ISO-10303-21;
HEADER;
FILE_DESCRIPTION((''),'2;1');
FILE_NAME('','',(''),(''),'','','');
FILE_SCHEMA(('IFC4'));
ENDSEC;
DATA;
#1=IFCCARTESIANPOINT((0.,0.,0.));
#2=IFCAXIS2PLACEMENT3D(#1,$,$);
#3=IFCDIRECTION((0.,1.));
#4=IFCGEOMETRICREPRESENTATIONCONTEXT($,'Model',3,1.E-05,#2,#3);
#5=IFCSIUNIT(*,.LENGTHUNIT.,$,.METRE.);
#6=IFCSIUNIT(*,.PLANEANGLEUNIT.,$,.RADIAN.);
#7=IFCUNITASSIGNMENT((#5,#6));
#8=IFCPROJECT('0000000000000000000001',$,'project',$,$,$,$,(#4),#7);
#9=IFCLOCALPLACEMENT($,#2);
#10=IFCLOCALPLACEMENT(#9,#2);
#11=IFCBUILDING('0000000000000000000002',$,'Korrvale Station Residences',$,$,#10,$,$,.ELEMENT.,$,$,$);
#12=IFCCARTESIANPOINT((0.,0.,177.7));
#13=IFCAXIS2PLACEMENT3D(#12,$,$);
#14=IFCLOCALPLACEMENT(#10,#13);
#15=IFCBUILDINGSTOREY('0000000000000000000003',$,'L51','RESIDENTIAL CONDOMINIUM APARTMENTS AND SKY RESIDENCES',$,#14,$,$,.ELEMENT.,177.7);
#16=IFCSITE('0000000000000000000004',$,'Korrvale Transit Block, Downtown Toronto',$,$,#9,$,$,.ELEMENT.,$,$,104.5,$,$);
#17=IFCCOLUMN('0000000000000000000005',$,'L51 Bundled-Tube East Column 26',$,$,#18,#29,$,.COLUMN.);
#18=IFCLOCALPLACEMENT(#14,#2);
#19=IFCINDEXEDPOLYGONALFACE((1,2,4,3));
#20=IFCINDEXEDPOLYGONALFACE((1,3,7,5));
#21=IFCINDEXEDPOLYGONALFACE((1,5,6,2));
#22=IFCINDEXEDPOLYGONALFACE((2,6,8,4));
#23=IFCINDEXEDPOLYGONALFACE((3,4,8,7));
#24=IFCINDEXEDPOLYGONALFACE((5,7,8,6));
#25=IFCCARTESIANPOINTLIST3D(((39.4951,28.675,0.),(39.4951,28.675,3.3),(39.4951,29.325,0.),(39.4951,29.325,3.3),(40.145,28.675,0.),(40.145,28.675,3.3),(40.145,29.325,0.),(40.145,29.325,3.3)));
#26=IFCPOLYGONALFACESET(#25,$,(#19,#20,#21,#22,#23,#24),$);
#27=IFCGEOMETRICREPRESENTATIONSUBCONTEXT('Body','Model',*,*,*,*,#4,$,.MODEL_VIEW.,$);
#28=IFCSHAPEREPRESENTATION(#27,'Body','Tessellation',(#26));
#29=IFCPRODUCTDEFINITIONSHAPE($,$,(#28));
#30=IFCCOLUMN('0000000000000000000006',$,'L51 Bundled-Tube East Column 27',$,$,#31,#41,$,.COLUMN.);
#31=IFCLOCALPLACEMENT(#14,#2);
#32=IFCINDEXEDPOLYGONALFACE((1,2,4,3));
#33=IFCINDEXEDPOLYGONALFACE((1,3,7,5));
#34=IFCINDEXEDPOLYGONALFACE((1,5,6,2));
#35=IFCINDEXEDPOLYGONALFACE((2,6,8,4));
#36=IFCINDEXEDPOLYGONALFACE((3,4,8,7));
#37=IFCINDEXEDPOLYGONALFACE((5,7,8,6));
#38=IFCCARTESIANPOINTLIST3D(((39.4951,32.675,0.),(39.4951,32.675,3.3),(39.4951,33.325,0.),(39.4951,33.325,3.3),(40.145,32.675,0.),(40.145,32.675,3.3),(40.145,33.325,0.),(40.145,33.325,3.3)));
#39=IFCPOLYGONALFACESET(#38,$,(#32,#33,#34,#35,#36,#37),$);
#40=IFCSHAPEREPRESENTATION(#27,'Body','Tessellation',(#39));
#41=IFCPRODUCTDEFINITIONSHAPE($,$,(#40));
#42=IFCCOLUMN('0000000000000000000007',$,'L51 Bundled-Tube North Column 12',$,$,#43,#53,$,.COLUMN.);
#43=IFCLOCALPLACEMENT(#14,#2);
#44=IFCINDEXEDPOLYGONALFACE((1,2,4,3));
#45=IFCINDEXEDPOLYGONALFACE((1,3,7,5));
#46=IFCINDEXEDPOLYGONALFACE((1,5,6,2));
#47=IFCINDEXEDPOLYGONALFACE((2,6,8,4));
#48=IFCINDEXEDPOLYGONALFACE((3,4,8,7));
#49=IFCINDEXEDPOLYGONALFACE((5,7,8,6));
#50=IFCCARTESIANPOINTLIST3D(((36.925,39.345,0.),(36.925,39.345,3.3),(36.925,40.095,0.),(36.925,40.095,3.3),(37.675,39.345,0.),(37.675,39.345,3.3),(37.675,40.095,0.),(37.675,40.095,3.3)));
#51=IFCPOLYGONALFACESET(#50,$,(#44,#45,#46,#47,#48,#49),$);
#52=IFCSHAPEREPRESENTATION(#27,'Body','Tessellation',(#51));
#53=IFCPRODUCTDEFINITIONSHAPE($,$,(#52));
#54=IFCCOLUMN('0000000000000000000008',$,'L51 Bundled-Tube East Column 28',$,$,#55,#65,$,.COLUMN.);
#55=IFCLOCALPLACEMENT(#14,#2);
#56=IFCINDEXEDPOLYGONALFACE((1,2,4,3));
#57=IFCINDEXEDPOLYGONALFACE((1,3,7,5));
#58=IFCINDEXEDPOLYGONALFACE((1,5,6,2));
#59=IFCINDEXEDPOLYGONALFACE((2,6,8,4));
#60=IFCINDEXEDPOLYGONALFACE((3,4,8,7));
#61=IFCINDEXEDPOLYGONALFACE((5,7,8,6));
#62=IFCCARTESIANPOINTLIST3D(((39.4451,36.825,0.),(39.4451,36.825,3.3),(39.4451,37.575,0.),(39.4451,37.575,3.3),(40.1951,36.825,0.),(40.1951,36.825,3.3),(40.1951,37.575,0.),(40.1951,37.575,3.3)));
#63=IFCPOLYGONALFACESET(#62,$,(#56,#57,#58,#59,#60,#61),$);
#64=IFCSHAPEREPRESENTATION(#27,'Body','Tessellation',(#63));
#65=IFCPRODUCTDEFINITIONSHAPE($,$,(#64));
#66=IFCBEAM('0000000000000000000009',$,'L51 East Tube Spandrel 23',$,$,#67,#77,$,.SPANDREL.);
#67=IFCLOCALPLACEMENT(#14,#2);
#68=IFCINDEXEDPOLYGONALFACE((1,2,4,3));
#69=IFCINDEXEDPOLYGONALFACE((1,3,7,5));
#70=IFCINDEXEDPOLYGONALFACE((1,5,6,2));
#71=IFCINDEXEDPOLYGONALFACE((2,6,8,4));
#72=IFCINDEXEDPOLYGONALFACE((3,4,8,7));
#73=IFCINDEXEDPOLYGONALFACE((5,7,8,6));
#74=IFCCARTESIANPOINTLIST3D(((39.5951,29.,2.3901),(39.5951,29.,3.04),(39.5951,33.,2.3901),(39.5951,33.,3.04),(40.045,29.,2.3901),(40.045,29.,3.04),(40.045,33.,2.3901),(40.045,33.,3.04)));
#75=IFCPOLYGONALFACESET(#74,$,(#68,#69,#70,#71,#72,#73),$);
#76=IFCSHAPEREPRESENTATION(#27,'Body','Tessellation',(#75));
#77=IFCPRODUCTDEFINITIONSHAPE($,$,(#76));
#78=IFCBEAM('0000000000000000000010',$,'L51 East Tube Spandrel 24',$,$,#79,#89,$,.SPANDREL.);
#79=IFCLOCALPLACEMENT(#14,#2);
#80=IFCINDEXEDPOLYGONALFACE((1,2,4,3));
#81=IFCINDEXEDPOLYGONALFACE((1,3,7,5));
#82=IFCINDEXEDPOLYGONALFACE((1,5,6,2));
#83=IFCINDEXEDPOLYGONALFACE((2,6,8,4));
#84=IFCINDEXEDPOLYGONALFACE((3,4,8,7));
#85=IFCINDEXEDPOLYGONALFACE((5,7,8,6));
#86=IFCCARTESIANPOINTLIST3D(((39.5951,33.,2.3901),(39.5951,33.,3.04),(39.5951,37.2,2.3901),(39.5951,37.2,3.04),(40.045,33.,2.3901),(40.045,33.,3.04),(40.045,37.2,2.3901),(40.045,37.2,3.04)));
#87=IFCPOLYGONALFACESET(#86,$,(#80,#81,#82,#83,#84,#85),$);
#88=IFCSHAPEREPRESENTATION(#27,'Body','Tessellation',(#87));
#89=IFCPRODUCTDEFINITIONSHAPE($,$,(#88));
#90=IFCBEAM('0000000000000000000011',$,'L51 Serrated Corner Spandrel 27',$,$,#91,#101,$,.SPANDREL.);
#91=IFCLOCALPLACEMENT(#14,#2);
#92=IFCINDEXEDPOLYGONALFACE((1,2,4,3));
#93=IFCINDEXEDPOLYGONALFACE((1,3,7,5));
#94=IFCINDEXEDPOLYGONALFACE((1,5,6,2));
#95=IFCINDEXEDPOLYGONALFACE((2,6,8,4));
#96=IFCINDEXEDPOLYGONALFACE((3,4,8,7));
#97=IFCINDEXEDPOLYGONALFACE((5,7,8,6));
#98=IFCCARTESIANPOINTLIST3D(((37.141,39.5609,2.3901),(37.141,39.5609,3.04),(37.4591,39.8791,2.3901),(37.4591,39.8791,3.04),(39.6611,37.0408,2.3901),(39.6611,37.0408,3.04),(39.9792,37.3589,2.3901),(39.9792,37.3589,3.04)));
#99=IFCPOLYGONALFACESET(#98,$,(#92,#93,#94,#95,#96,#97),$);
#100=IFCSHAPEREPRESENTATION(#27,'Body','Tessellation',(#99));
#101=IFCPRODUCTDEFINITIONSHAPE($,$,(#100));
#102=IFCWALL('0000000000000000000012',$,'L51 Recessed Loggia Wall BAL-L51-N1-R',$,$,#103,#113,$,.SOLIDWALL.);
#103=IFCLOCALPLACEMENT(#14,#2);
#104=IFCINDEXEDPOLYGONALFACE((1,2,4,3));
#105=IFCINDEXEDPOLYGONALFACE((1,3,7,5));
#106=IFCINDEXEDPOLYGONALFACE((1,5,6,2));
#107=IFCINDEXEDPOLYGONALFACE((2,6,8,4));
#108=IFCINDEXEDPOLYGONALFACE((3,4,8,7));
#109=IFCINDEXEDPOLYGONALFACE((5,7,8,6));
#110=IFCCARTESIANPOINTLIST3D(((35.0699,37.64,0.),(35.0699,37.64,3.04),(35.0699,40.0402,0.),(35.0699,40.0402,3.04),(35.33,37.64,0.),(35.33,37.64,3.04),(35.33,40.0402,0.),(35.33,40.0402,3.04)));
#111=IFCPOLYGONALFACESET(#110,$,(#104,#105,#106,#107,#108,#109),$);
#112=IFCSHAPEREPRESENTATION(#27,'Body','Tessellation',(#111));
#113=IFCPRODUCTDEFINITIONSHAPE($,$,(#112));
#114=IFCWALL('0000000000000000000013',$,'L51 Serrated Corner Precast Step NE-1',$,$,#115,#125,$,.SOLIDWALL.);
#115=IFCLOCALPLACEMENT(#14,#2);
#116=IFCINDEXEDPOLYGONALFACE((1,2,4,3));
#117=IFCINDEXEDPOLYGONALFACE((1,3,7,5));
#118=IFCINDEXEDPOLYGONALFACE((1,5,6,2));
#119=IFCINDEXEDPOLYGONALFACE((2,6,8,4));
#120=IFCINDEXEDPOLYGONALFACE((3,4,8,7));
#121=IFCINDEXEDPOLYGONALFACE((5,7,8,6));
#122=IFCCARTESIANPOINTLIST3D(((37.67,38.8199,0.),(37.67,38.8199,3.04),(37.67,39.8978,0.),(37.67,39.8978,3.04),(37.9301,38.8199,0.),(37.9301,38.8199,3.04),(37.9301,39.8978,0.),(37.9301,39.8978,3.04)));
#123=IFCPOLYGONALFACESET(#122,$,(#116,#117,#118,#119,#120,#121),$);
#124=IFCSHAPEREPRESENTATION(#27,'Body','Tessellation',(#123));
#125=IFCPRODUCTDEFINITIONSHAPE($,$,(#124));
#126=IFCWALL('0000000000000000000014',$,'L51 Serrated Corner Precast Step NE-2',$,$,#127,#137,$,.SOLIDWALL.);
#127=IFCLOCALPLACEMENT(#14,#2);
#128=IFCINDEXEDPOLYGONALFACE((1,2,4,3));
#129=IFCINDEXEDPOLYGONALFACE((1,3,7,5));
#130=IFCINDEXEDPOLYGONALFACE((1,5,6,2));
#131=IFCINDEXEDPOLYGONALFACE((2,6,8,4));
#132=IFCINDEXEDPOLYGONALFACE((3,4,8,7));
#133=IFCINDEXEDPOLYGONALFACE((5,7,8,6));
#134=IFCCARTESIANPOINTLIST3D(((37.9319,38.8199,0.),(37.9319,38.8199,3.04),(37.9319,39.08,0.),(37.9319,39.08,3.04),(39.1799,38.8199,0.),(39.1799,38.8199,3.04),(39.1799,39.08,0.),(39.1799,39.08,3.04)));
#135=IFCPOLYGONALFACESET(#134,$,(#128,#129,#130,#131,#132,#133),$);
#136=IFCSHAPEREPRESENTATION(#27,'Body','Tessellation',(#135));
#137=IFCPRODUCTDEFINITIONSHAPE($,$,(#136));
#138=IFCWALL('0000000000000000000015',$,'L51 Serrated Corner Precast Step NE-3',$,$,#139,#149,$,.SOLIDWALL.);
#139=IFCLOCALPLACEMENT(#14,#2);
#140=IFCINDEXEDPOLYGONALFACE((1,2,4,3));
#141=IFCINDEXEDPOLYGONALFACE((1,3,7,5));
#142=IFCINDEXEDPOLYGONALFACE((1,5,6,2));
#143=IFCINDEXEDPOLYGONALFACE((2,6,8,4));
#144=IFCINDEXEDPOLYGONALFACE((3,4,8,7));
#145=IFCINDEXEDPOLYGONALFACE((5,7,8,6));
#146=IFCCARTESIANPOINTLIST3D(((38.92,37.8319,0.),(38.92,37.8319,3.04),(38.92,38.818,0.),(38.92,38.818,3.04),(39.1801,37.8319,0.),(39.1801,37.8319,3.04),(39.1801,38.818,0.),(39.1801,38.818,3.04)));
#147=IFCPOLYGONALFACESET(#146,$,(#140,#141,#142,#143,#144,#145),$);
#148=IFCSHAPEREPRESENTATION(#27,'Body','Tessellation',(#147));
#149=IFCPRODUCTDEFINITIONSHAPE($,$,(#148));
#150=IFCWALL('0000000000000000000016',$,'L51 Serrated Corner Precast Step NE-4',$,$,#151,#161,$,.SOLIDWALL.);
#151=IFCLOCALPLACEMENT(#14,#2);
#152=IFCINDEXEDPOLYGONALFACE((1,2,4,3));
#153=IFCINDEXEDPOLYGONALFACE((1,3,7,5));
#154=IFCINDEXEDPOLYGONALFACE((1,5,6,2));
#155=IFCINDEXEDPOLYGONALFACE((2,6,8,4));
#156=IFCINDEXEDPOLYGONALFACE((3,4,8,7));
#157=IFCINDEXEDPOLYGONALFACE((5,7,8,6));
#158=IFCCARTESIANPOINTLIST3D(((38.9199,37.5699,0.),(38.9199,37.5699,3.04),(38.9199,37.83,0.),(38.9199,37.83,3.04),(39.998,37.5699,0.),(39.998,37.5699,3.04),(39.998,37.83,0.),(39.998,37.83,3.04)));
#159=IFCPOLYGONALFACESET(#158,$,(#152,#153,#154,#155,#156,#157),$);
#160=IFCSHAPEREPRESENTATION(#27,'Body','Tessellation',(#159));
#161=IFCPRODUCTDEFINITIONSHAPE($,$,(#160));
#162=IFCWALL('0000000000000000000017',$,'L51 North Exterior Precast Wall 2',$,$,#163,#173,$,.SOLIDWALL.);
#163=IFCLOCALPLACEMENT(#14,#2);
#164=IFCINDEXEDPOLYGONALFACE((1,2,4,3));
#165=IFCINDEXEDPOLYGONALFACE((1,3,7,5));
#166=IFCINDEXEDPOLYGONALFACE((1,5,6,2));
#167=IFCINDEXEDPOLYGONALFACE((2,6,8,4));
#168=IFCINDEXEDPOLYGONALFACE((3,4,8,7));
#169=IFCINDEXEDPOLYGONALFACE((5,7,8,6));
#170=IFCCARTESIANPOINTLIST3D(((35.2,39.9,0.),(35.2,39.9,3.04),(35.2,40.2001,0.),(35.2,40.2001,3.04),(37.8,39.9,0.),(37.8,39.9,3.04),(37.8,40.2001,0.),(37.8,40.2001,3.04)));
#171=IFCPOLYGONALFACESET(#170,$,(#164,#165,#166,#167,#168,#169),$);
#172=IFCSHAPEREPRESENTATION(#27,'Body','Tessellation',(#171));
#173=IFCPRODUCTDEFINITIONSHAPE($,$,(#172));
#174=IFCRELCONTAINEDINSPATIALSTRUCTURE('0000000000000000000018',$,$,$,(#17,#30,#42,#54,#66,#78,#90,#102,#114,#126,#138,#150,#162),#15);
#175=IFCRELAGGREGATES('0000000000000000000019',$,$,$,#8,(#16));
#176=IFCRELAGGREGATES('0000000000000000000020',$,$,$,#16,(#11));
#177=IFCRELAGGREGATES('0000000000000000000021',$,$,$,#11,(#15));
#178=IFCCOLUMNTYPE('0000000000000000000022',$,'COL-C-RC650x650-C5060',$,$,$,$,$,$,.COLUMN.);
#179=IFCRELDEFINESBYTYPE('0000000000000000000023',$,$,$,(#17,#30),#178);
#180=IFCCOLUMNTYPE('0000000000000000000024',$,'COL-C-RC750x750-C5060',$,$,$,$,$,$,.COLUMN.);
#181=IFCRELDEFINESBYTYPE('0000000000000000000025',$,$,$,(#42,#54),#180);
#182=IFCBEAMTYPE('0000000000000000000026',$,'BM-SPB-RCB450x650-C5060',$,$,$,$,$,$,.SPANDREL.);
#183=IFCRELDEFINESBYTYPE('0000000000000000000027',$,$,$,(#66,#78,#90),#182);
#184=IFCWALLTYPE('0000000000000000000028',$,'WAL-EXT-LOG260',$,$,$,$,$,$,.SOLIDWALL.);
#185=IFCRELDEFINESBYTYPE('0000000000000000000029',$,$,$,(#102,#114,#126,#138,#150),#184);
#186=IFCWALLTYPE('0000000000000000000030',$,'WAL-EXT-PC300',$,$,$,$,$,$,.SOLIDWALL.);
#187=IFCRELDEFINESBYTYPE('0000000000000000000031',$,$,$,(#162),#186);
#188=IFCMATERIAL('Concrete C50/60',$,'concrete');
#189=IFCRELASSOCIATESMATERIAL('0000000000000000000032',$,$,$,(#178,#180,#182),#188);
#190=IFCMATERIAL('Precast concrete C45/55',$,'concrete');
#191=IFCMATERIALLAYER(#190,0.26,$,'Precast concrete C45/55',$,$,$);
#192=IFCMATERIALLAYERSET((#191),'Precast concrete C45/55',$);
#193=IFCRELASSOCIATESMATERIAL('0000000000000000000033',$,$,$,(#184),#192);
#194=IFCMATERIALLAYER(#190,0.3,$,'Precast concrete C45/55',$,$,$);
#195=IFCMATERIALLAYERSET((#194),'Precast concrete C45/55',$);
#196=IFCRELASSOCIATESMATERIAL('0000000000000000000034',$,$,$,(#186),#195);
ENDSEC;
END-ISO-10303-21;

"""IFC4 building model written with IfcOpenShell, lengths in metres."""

from ifc_helpers import new_model, si_unit, direction, frame, frame_2d, origin, origin_2d, place, context, subcontext, project, spatial, rectangle, extrude, material, layer, layer_set, material_profile, profile_set, type_object, element, save


model = new_model("IFC4")

# Units and contexts
model_context = context("Model", 3, precision=1e-05, world=origin(), true_north=direction((0.0, 1.0)))
body_context = subcontext(model_context, "Body", "Model", "MODEL_VIEW")
ifc_project = project(units=[si_unit("LENGTHUNIT", "METRE"), si_unit("PLANEANGLEUNIT", "RADIAN")], contexts=[model_context])

# Site, building, storey
site_placement = place(None, origin())
site = spatial("IfcSite", under=ifc_project, at=site_placement, Name="Korrvale Transit Block, Downtown Toronto", CompositionType="ELEMENT", RefElevation=104.5)
building_placement = place(site_placement, origin())
building = spatial("IfcBuilding", under=site, at=building_placement, Name="Korrvale Station Residences", CompositionType="ELEMENT")
storey_placement = place(building_placement, frame((0.0, 0.0, 177.7)))
storey = spatial("IfcBuildingStorey", under=building, at=storey_placement, Name="L51", Description="RESIDENTIAL CONDOMINIUM APARTMENTS AND SKY RESIDENCES", CompositionType="ELEMENT", Elevation=177.7)

# Columns
ifc_material_1 = material(Name="Concrete C50/60", Category="concrete")
ifc_material_profile_1 = material_profile(ifc_material_1, rectangle(XDim=0.6499, YDim=0.6499, at=origin_2d()), Name="RC650x650")
ifc_profile_set_1 = profile_set([ifc_material_profile_1], Name="Concrete C50/60")
column_type_1 = type_object("IfcColumnType", Name="COL-C-RC650x650-C5060", PredefinedType="COLUMN", material=ifc_profile_set_1)
for number, where, z_axis, x_axis, name in (
    (1, (39.8201, 29.0, 0.0), (0.0, 0.0, 1.0), (1.0, 0.0, 0.0), "L51 Bundled-Tube East Column 26"),
    (2, (39.8201, 33.0, 0.0), (0.0, 0.0, 1.0), (1.0, 0.0, 0.0), "L51 Bundled-Tube East Column 27"),
):
    element("IfcColumn", number, at=place(storey_placement, frame(where, z_axis=z_axis, x_axis=x_axis)), inside=storey, type_object=column_type_1, Name=name, PredefinedType="COLUMN", context=body_context, shape_type="SweptSolid", body=[
        extrude(rectangle(XDim=0.6499, YDim=0.6499, at=origin_2d()), origin(), (0.0, 0.0, 1.0), 3.3),
    ])
ifc_material_profile_2 = material_profile(ifc_material_1, rectangle(XDim=0.75, YDim=0.75, at=origin_2d()), Name="RC750x750")
ifc_profile_set_2 = profile_set([ifc_material_profile_2], Name="Concrete C50/60")
column_type_2 = type_object("IfcColumnType", Name="COL-C-RC750x750-C5060", PredefinedType="COLUMN", material=ifc_profile_set_2)
for number, where, z_axis, x_axis, name in (
    (3, (37.3, 39.72, 0.0), (0.0, 0.0, 1.0), (1.0, 0.0, 0.0), "L51 Bundled-Tube North Column 12"),
    (4, (39.8201, 37.2, 0.0), (0.0, 0.0, 1.0), (1.0, 0.0, 0.0), "L51 Bundled-Tube East Column 28"),
):
    element("IfcColumn", number, at=place(storey_placement, frame(where, z_axis=z_axis, x_axis=x_axis)), inside=storey, type_object=column_type_2, Name=name, PredefinedType="COLUMN", context=body_context, shape_type="SweptSolid", body=[
        extrude(rectangle(XDim=0.75, YDim=0.75, at=origin_2d()), origin(), (0.0, 0.0, 1.0), 3.3),
    ])

# Beams
ifc_material_profile_3 = material_profile(ifc_material_1, rectangle(XDim=0.45, YDim=0.6499, at=origin_2d()), Name="RCB450x650")
ifc_profile_set_3 = profile_set([ifc_material_profile_3], Name="Concrete C50/60")
beam_type = type_object("IfcBeamType", Name="BM-SPB-RCB450x650-C5060", PredefinedType="SPANDREL", material=ifc_profile_set_3)
beam_1_placement = place(storey_placement, frame((39.8201, 29.0, 2.7151), z_axis=(0.0, 1.0, 0.0), x_axis=(-1.0, 0.0, 0.0)))
element("IfcBeam", 5, at=beam_1_placement, inside=storey, type_object=beam_type, Name="L51 East Tube Spandrel 23", PredefinedType="SPANDREL", context=body_context, shape_type="SweptSolid", body=[
    extrude(rectangle(XDim=0.45, YDim=0.6499, at=origin_2d()), origin(), (0.0, 0.0, 1.0), 4.0),
])
beam_2_placement = place(storey_placement, frame((39.8201, 33.0, 2.7151), z_axis=(0.0, 1.0, 0.0), x_axis=(-1.0, 0.0, 0.0)))
element("IfcBeam", 6, at=beam_2_placement, inside=storey, type_object=beam_type, Name="L51 East Tube Spandrel 24", PredefinedType="SPANDREL", context=body_context, shape_type="SweptSolid", body=[
    extrude(rectangle(XDim=0.45, YDim=0.6499, at=origin_2d()), origin(), (0.0, 0.0, 1.0), 4.2),
])
beam_3_placement = place(storey_placement, frame((37.3, 39.72, 2.7151), z_axis=(0.707107, -0.707107, 0.0), x_axis=(0.707107, 0.707107, 0.0)))
element("IfcBeam", 7, at=beam_3_placement, inside=storey, type_object=beam_type, Name="L51 Serrated Corner Spandrel 27", PredefinedType="SPANDREL", context=body_context, shape_type="SweptSolid", body=[
    extrude(rectangle(XDim=0.45, YDim=0.6499, at=origin_2d()), origin(), (0.0, 0.0, 1.0), 3.564),
])

# Walls
ifc_material_2 = material(Name="Precast concrete C45/55", Category="concrete")
ifc_layer_1 = layer(ifc_material_2, 0.26, Name="Precast concrete C45/55")
ifc_layer_set_1 = layer_set([ifc_layer_1], Name="Precast concrete C45/55")
wall_type_1 = type_object("IfcWallType", Name="WAL-EXT-LOG260", PredefinedType="SOLIDWALL", material=ifc_layer_set_1)
wall_1_placement = place(storey_placement, frame((35.2, 37.6399, 0.0), z_axis=(0.0, 0.0, 1.0), x_axis=(0.0, 1.0, 0.0)))
element("IfcWall", 8, at=wall_1_placement, inside=storey, type_object=wall_type_1, Name="L51 Recessed Loggia Wall BAL-L51-N1-R", PredefinedType="SOLIDWALL", context=body_context, shape_type="SweptSolid", body=[
    extrude(rectangle(XDim=2.4001, YDim=0.26, at=frame_2d((1.2002, 0.0))), origin(), (0.0, 0.0, 1.0), 3.04),
])
wall_2_placement = place(storey_placement, frame((37.8, 39.8979, 0.0), z_axis=(0.0, 0.0, 1.0), x_axis=(0.0, -1.0, 0.0)))
element("IfcWall", 9, at=wall_2_placement, inside=storey, type_object=wall_type_1, Name="L51 Serrated Corner Precast Step NE-1", PredefinedType="SOLIDWALL", context=body_context, shape_type="SweptSolid", body=[
    extrude(rectangle(XDim=1.0779, YDim=0.26, at=frame_2d((0.5391, 0.0))), origin(), (0.0, 0.0, 1.0), 3.04),
])
wall_3_placement = place(storey_placement, frame((37.9319, 38.95, 0.0), z_axis=(0.0, 0.0, 1.0), x_axis=(1.0, 0.0, 0.0)))
element("IfcWall", 10, at=wall_3_placement, inside=storey, type_object=wall_type_1, Name="L51 Serrated Corner Precast Step NE-2", PredefinedType="SOLIDWALL", context=body_context, shape_type="SweptSolid", body=[
    extrude(rectangle(XDim=1.248, YDim=0.26, at=frame_2d((0.624, 0.0))), origin(), (0.0, 0.0, 1.0), 3.04),
])
wall_4_placement = place(storey_placement, frame((39.05, 38.8181, 0.0), z_axis=(0.0, 0.0, 1.0), x_axis=(0.0, -1.0, 0.0)))
element("IfcWall", 11, at=wall_4_placement, inside=storey, type_object=wall_type_1, Name="L51 Serrated Corner Precast Step NE-3", PredefinedType="SOLIDWALL", context=body_context, shape_type="SweptSolid", body=[
    extrude(rectangle(XDim=0.9861, YDim=0.26, at=frame_2d((0.4932, 0.0))), origin(), (0.0, 0.0, 1.0), 3.04),
])
wall_5_placement = place(storey_placement, frame((38.9199, 37.7, 0.0), z_axis=(0.0, 0.0, 1.0), x_axis=(1.0, 0.0, 0.0)))
element("IfcWall", 12, at=wall_5_placement, inside=storey, type_object=wall_type_1, Name="L51 Serrated Corner Precast Step NE-4", PredefinedType="SOLIDWALL", context=body_context, shape_type="SweptSolid", body=[
    extrude(rectangle(XDim=1.0781, YDim=0.26, at=frame_2d((0.5391, 0.0))), origin(), (0.0, 0.0, 1.0), 3.04),
])
ifc_layer_2 = layer(ifc_material_2, 0.3, Name="Precast concrete C45/55")
ifc_layer_set_2 = layer_set([ifc_layer_2], Name="Precast concrete C45/55")
wall_type_2 = type_object("IfcWallType", Name="WAL-EXT-PC300", PredefinedType="SOLIDWALL", material=ifc_layer_set_2)
wall_6_placement = place(storey_placement, frame((35.2, 40.05, 0.0), z_axis=(0.0, 0.0, 1.0), x_axis=(1.0, 0.0, 0.0)))
element("IfcWall", 13, at=wall_6_placement, inside=storey, type_object=wall_type_2, Name="L51 North Exterior Precast Wall 2", PredefinedType="SOLIDWALL", context=body_context, shape_type="SweptSolid", body=[
    extrude(rectangle(XDim=2.6001, YDim=0.3, at=frame_2d((1.3, 0.0))), origin(), (0.0, 0.0, 1.0), 3.04),
])

save(model, "model.ifc")
